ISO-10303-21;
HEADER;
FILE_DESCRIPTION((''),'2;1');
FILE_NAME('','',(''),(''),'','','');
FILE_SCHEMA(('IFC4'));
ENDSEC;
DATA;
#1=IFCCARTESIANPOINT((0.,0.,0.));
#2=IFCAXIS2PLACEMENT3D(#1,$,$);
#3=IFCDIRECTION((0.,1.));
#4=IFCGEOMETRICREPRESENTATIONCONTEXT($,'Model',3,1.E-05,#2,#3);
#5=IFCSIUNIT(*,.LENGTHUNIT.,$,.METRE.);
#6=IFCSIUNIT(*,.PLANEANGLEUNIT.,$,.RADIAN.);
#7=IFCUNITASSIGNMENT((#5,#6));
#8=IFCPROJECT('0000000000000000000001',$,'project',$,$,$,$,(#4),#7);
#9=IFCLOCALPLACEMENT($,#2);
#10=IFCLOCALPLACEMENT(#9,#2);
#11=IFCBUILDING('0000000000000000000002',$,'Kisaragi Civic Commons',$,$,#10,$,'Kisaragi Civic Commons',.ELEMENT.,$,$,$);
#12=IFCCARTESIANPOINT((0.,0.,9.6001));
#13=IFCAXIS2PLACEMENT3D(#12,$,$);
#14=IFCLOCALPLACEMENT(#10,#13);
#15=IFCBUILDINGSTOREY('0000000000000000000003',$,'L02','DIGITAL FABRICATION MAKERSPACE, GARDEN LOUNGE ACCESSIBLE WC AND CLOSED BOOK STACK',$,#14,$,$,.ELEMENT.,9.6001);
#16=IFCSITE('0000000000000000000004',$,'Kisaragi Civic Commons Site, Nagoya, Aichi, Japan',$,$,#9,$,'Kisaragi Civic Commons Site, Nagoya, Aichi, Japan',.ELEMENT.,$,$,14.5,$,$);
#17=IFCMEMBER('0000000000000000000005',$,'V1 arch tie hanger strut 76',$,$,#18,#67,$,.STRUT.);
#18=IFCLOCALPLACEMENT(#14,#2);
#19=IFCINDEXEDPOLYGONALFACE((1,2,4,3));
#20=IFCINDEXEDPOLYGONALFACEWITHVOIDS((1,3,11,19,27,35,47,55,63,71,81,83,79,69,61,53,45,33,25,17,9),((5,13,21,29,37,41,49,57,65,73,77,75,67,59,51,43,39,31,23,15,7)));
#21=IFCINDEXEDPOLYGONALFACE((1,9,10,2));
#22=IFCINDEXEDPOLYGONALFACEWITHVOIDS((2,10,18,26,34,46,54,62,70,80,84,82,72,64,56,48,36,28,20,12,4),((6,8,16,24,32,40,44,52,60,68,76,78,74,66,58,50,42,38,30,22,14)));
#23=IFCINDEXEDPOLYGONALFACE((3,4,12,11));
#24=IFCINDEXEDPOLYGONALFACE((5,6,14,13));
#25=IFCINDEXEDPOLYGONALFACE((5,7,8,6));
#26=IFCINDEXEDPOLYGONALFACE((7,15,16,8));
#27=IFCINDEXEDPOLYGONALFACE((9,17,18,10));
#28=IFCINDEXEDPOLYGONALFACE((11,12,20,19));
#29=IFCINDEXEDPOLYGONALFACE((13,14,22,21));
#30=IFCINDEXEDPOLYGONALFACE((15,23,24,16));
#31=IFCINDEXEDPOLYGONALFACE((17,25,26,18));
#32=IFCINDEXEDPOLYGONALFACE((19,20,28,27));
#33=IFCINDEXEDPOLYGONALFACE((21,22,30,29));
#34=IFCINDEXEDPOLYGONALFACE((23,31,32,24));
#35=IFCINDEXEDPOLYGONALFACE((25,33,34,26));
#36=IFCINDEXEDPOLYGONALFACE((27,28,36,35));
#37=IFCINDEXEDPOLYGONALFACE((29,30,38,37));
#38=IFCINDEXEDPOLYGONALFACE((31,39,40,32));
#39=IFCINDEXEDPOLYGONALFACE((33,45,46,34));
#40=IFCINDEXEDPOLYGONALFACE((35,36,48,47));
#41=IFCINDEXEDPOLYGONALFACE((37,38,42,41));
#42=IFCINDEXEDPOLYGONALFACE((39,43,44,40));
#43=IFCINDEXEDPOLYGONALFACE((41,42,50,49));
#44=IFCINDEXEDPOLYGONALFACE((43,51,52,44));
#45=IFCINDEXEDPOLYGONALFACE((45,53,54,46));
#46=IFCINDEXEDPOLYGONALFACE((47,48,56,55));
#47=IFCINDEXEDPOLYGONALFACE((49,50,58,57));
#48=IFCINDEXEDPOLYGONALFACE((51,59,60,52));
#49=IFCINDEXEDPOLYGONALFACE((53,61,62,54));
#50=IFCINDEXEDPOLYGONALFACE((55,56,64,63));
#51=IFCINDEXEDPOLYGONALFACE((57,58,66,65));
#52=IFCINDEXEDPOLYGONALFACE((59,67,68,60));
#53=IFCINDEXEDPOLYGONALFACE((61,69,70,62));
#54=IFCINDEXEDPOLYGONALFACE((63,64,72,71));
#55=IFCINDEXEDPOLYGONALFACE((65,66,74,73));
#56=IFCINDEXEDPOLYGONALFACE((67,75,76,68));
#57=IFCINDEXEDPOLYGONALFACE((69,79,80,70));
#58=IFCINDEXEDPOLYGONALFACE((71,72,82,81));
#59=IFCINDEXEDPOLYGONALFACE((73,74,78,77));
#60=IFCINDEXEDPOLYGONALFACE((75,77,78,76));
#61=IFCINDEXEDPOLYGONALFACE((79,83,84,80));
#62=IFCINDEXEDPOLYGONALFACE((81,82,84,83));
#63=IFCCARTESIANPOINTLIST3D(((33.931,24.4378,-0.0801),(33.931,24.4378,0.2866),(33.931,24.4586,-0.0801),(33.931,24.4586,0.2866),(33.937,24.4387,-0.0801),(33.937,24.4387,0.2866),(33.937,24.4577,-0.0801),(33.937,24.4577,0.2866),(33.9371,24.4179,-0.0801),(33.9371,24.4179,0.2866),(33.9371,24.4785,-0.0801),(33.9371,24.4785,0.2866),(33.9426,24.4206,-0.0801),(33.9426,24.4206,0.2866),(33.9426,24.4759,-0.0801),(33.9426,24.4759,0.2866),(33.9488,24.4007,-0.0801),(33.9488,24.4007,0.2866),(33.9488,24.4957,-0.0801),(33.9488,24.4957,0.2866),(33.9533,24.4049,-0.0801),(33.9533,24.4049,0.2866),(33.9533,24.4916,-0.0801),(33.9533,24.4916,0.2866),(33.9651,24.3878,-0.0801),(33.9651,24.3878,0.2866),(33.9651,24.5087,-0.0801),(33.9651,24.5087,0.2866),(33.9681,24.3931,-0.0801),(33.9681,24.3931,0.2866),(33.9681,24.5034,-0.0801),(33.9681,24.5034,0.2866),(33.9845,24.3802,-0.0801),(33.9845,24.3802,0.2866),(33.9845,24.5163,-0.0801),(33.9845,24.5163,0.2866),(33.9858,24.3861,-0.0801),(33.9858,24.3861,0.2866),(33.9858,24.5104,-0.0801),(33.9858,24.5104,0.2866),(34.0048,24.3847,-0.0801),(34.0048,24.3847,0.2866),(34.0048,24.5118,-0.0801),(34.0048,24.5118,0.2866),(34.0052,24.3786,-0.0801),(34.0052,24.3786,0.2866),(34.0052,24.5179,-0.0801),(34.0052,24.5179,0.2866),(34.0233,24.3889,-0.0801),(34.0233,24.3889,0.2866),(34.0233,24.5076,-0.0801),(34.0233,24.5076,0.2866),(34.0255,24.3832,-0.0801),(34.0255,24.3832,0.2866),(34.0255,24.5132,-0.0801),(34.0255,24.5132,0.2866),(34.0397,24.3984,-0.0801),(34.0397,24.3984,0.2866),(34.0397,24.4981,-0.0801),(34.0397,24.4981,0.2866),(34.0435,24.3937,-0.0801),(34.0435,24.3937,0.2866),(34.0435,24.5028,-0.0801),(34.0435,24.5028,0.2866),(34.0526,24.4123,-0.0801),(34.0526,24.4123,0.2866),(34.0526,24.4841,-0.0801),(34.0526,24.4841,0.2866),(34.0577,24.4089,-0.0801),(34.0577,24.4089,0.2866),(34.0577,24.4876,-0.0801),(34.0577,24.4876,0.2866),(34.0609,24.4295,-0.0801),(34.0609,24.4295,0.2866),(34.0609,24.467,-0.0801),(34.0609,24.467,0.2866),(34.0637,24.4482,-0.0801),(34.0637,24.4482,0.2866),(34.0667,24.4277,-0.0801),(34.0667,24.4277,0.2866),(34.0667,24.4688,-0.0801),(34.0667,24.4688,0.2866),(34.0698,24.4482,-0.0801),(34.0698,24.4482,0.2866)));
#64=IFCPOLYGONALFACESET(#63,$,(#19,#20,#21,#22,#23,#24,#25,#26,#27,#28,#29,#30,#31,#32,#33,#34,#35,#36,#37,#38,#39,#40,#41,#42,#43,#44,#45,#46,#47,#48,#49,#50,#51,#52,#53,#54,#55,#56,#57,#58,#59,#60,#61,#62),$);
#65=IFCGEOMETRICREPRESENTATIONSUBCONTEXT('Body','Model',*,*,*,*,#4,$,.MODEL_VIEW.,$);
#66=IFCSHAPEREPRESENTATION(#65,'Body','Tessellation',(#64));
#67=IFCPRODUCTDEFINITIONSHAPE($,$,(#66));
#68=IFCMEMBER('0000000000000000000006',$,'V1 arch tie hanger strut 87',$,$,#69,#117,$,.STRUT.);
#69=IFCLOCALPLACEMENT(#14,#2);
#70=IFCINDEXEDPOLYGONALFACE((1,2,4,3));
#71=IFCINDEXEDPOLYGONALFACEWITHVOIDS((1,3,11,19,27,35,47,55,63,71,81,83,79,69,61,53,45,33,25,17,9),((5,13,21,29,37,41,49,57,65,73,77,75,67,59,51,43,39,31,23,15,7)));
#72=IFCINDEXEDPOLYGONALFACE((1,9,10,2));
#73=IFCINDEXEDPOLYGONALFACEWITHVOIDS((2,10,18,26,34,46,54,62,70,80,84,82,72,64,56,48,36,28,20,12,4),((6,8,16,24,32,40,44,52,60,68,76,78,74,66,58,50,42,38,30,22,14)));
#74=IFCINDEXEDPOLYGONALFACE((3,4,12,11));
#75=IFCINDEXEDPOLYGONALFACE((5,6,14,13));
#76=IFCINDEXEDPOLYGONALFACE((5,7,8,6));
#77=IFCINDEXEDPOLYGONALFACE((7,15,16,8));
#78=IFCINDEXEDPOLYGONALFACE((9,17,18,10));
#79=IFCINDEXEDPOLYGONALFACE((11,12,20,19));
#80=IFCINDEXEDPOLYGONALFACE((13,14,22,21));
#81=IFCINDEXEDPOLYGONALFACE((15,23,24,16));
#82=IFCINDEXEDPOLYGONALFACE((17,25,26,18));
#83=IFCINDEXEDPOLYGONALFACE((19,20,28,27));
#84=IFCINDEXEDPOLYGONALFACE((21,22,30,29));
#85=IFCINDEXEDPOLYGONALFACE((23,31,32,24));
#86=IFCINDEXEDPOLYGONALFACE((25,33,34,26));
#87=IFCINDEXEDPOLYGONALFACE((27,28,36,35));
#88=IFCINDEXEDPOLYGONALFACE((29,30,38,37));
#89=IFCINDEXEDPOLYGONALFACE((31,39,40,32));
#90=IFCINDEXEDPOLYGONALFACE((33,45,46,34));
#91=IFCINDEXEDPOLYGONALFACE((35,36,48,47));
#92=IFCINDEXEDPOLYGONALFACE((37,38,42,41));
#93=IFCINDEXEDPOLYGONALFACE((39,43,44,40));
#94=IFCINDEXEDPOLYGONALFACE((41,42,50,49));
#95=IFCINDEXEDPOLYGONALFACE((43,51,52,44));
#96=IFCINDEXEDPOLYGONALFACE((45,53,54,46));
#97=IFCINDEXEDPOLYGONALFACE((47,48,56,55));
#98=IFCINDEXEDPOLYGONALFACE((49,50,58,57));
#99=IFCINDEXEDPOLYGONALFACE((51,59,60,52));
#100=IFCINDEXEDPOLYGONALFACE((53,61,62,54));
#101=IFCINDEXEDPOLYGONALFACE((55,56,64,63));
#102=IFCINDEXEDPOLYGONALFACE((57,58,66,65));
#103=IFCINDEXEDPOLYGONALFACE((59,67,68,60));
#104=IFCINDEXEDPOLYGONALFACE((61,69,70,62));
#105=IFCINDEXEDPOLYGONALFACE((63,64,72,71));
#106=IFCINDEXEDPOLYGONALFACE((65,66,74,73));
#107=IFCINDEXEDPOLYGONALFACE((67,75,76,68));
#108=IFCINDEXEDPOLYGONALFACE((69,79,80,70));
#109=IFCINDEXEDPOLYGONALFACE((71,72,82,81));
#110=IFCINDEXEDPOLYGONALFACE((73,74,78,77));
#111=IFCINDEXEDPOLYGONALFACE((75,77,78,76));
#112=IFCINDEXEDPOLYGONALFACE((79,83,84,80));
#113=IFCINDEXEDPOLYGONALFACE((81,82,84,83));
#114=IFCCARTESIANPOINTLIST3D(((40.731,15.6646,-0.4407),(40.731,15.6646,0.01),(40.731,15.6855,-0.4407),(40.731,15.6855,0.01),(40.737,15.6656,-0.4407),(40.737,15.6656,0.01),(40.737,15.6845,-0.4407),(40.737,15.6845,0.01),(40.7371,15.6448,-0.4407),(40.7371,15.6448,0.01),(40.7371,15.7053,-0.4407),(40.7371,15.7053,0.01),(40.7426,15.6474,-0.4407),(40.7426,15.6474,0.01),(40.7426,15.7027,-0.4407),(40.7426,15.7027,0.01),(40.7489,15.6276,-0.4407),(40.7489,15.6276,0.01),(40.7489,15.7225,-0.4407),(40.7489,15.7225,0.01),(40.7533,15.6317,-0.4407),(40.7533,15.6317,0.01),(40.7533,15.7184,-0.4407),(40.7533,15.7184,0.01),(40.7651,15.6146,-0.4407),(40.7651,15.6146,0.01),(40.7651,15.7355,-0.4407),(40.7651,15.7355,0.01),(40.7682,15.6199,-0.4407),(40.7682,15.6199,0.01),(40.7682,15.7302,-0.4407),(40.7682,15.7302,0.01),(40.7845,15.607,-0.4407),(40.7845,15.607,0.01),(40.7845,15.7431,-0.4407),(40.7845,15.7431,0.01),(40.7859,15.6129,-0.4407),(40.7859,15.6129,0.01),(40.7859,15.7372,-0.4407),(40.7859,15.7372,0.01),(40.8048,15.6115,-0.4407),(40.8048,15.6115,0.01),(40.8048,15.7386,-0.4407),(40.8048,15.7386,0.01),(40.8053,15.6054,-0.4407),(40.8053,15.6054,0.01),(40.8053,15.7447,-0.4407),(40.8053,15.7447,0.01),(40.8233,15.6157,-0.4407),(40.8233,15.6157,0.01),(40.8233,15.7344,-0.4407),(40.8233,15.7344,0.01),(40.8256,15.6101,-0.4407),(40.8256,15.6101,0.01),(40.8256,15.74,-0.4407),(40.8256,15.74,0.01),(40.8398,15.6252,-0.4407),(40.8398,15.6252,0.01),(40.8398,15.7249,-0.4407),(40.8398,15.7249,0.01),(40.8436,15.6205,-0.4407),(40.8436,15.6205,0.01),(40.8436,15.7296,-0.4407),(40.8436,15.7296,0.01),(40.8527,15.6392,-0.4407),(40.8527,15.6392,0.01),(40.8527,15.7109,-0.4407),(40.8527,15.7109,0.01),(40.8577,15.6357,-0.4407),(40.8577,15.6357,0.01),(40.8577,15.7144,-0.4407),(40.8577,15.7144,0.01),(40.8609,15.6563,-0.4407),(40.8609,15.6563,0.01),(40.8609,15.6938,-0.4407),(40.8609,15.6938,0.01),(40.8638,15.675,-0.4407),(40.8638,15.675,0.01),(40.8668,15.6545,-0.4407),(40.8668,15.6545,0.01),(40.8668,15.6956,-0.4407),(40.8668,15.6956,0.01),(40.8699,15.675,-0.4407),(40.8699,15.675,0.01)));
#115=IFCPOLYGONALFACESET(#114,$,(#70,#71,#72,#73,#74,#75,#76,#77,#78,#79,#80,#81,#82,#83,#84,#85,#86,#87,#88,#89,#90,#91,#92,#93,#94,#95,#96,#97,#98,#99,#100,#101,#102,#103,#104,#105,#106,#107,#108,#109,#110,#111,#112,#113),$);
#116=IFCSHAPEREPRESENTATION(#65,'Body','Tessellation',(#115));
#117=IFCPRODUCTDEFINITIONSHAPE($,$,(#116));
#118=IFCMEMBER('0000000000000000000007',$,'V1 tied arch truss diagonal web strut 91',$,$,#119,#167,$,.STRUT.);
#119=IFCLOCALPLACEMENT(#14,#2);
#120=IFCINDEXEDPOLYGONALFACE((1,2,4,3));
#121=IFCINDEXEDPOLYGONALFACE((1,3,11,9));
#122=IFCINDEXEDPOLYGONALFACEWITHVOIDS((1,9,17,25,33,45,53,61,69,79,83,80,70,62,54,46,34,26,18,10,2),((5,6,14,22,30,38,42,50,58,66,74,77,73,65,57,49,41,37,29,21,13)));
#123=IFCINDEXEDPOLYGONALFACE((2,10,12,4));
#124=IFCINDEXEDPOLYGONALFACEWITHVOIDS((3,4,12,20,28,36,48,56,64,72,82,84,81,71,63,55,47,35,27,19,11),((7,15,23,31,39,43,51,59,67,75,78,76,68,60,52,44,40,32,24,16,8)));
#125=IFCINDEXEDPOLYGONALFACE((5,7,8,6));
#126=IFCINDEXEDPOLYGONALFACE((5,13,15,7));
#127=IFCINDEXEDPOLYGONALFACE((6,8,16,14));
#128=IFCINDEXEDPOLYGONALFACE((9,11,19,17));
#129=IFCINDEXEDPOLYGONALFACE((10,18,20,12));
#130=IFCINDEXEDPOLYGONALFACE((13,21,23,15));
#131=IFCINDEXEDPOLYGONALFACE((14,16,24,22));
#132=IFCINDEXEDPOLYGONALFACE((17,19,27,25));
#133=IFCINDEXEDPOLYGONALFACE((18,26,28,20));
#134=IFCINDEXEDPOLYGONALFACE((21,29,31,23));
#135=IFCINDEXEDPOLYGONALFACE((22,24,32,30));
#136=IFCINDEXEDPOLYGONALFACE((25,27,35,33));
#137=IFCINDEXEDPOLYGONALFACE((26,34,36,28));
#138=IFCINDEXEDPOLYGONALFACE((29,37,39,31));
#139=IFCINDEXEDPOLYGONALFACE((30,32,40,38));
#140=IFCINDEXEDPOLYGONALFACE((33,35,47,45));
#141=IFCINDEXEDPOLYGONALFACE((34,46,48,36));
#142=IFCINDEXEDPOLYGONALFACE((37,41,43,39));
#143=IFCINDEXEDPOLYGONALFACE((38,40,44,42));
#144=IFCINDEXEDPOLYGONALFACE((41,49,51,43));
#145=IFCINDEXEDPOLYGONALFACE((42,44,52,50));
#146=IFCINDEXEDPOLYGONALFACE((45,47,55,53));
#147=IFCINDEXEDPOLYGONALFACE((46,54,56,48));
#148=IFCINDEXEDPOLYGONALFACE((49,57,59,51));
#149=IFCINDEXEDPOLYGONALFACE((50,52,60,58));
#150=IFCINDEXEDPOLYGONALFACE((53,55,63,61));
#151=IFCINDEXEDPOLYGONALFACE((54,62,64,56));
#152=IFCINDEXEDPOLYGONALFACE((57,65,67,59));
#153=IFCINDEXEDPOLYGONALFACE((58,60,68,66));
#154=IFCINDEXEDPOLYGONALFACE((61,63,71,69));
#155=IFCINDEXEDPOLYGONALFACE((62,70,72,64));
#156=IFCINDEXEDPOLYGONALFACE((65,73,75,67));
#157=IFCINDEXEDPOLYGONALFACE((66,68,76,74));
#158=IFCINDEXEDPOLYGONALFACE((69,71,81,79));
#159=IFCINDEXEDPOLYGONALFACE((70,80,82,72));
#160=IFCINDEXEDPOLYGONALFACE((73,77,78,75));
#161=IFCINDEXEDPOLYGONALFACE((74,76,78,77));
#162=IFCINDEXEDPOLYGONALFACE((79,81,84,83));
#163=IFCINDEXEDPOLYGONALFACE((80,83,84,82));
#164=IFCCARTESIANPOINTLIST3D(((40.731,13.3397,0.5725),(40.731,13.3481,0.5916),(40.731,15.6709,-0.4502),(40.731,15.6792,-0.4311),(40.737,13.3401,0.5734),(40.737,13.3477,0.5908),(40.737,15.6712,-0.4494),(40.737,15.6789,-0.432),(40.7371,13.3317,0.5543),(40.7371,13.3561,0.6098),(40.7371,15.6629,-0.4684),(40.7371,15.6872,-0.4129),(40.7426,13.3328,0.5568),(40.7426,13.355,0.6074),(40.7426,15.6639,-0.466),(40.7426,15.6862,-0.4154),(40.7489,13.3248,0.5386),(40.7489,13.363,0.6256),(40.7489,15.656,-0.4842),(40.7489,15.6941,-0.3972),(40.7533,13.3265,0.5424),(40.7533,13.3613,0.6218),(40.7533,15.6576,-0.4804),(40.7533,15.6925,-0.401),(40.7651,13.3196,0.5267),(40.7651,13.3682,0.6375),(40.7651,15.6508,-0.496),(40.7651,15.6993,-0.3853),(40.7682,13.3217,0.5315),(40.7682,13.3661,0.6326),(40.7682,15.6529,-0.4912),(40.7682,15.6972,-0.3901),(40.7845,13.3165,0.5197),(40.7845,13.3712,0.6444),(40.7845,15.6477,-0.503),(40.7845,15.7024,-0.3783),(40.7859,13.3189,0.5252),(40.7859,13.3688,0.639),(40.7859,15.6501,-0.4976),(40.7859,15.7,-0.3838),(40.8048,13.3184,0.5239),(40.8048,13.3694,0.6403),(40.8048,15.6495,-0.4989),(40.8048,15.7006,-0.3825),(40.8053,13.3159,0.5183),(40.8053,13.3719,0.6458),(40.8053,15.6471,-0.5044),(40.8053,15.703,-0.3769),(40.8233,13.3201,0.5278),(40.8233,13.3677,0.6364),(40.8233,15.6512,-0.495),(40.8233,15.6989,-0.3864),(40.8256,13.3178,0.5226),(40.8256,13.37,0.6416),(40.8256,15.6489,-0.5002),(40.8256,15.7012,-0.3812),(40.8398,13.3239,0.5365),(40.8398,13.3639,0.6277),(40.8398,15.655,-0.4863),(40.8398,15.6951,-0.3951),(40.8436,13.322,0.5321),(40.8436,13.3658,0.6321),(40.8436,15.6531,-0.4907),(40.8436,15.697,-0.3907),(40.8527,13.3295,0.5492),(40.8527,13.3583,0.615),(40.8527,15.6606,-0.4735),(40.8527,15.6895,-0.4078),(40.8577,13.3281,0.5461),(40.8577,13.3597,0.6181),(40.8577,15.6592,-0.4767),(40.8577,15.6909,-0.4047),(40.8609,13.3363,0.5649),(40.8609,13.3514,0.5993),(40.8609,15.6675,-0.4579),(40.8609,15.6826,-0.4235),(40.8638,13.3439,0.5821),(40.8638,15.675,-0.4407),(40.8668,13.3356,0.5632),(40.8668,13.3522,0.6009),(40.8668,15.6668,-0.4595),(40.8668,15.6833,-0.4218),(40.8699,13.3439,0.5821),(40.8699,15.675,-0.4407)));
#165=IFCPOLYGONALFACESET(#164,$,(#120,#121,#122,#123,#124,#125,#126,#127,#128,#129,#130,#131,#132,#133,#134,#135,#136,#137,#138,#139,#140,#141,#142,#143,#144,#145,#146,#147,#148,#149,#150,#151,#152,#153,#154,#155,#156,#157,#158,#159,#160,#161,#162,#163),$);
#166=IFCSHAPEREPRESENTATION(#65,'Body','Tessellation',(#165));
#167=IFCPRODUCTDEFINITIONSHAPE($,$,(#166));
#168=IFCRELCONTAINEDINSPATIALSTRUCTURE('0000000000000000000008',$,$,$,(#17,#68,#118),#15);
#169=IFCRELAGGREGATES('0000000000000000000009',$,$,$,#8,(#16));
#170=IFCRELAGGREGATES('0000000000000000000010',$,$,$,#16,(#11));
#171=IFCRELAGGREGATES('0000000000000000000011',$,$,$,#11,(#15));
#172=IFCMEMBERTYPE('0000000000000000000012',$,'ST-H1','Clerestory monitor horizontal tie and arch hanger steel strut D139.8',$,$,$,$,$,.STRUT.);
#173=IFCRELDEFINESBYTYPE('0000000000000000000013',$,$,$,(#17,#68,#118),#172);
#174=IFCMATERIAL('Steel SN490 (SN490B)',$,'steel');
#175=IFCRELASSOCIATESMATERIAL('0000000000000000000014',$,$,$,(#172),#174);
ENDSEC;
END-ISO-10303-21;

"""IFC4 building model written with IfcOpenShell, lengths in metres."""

from ifc_helpers import new_model, si_unit, direction, frame, origin, origin_2d, place, context, subcontext, project, spatial, hollow_circle, extrude, material, material_profile, profile_set, type_object, element, save


model = new_model("IFC4")

# Units and contexts
model_context = context("Model", 3, precision=1e-05, world=origin(), true_north=direction((0.0, 1.0)))
body_context = subcontext(model_context, "Body", "Model", "MODEL_VIEW")
ifc_project = project(units=[si_unit("LENGTHUNIT", "METRE"), si_unit("PLANEANGLEUNIT", "RADIAN")], contexts=[model_context])

# Site, building, storey
site_placement = place(None, origin())
site = spatial("IfcSite", under=ifc_project, at=site_placement, Name="Kisaragi Civic Commons Site, Nagoya, Aichi, Japan", LongName="Kisaragi Civic Commons Site, Nagoya, Aichi, Japan", CompositionType="ELEMENT", RefElevation=14.5)
building_placement = place(site_placement, origin())
building = spatial("IfcBuilding", under=site, at=building_placement, Name="Kisaragi Civic Commons", LongName="Kisaragi Civic Commons", CompositionType="ELEMENT")
storey_placement = place(building_placement, frame((0.0, 0.0, 9.6001)))
storey = spatial("IfcBuildingStorey", under=building, at=storey_placement, Name="L02", Description="DIGITAL FABRICATION MAKERSPACE, GARDEN LOUNGE ACCESSIBLE WC AND CLOSED BOOK STACK", CompositionType="ELEMENT", Elevation=9.6001)

# Members
ifc_material_1 = material(Name="Steel SN490 (SN490B)", Category="steel")
ifc_material_profile_1 = material_profile(ifc_material_1, hollow_circle(Radius=0.0698, WallThickness=0.0061, at=origin_2d()), Name="CHS-139.8x6.0", Category="steel")
ifc_profile_set_1 = profile_set([ifc_material_profile_1], Name="Steel SN490 (SN490B)")
member_type_1 = type_object("IfcMemberType", Name="ST-H1", Description="Clerestory monitor horizontal tie and arch hanger steel strut D139.8", PredefinedType="STRUT", material=ifc_profile_set_1)
member_1_placement = place(storey_placement, frame((34.0, 24.4482, -0.0801), z_axis=(0.0, 0.0, 1.0), x_axis=(1.0, 0.0, 0.0)))
element("IfcMember", 1, at=member_1_placement, inside=storey, type_object=member_type_1, Name="V1 arch tie hanger strut 76", PredefinedType="STRUT", context=body_context, shape_type="SweptSolid", body=[
    extrude(hollow_circle(Radius=0.0698, WallThickness=0.0061, at=origin_2d()), origin(), (0.0, 0.0, 1.0), 0.3667),
])
member_2_placement = place(storey_placement, frame((40.8, 15.675, -0.4407), z_axis=(0.0, 0.0, 1.0), x_axis=(1.0, 0.0, 0.0)))
element("IfcMember", 2, at=member_2_placement, inside=storey, type_object=member_type_1, Name="V1 arch tie hanger strut 87", PredefinedType="STRUT", context=body_context, shape_type="SweptSolid", body=[
    extrude(hollow_circle(Radius=0.0698, WallThickness=0.0061, at=origin_2d()), origin(), (0.0, 0.0, 1.0), 0.4507),
])
member_3_placement = place(storey_placement, frame((40.8, 15.675, -0.4407), z_axis=(0.0, -0.915743, 0.401765), x_axis=(1.0, 0.0, 0.0)))
element("IfcMember", 3, at=member_3_placement, inside=storey, type_object=member_type_1, Name="V1 tied arch truss diagonal web strut 91", PredefinedType="STRUT", context=body_context, shape_type="SweptSolid", body=[
    extrude(hollow_circle(Radius=0.0698, WallThickness=0.0061, at=origin_2d()), origin(), (0.0, 0.0, 1.0), 2.5457),
])

save(model, "model.ifc")
